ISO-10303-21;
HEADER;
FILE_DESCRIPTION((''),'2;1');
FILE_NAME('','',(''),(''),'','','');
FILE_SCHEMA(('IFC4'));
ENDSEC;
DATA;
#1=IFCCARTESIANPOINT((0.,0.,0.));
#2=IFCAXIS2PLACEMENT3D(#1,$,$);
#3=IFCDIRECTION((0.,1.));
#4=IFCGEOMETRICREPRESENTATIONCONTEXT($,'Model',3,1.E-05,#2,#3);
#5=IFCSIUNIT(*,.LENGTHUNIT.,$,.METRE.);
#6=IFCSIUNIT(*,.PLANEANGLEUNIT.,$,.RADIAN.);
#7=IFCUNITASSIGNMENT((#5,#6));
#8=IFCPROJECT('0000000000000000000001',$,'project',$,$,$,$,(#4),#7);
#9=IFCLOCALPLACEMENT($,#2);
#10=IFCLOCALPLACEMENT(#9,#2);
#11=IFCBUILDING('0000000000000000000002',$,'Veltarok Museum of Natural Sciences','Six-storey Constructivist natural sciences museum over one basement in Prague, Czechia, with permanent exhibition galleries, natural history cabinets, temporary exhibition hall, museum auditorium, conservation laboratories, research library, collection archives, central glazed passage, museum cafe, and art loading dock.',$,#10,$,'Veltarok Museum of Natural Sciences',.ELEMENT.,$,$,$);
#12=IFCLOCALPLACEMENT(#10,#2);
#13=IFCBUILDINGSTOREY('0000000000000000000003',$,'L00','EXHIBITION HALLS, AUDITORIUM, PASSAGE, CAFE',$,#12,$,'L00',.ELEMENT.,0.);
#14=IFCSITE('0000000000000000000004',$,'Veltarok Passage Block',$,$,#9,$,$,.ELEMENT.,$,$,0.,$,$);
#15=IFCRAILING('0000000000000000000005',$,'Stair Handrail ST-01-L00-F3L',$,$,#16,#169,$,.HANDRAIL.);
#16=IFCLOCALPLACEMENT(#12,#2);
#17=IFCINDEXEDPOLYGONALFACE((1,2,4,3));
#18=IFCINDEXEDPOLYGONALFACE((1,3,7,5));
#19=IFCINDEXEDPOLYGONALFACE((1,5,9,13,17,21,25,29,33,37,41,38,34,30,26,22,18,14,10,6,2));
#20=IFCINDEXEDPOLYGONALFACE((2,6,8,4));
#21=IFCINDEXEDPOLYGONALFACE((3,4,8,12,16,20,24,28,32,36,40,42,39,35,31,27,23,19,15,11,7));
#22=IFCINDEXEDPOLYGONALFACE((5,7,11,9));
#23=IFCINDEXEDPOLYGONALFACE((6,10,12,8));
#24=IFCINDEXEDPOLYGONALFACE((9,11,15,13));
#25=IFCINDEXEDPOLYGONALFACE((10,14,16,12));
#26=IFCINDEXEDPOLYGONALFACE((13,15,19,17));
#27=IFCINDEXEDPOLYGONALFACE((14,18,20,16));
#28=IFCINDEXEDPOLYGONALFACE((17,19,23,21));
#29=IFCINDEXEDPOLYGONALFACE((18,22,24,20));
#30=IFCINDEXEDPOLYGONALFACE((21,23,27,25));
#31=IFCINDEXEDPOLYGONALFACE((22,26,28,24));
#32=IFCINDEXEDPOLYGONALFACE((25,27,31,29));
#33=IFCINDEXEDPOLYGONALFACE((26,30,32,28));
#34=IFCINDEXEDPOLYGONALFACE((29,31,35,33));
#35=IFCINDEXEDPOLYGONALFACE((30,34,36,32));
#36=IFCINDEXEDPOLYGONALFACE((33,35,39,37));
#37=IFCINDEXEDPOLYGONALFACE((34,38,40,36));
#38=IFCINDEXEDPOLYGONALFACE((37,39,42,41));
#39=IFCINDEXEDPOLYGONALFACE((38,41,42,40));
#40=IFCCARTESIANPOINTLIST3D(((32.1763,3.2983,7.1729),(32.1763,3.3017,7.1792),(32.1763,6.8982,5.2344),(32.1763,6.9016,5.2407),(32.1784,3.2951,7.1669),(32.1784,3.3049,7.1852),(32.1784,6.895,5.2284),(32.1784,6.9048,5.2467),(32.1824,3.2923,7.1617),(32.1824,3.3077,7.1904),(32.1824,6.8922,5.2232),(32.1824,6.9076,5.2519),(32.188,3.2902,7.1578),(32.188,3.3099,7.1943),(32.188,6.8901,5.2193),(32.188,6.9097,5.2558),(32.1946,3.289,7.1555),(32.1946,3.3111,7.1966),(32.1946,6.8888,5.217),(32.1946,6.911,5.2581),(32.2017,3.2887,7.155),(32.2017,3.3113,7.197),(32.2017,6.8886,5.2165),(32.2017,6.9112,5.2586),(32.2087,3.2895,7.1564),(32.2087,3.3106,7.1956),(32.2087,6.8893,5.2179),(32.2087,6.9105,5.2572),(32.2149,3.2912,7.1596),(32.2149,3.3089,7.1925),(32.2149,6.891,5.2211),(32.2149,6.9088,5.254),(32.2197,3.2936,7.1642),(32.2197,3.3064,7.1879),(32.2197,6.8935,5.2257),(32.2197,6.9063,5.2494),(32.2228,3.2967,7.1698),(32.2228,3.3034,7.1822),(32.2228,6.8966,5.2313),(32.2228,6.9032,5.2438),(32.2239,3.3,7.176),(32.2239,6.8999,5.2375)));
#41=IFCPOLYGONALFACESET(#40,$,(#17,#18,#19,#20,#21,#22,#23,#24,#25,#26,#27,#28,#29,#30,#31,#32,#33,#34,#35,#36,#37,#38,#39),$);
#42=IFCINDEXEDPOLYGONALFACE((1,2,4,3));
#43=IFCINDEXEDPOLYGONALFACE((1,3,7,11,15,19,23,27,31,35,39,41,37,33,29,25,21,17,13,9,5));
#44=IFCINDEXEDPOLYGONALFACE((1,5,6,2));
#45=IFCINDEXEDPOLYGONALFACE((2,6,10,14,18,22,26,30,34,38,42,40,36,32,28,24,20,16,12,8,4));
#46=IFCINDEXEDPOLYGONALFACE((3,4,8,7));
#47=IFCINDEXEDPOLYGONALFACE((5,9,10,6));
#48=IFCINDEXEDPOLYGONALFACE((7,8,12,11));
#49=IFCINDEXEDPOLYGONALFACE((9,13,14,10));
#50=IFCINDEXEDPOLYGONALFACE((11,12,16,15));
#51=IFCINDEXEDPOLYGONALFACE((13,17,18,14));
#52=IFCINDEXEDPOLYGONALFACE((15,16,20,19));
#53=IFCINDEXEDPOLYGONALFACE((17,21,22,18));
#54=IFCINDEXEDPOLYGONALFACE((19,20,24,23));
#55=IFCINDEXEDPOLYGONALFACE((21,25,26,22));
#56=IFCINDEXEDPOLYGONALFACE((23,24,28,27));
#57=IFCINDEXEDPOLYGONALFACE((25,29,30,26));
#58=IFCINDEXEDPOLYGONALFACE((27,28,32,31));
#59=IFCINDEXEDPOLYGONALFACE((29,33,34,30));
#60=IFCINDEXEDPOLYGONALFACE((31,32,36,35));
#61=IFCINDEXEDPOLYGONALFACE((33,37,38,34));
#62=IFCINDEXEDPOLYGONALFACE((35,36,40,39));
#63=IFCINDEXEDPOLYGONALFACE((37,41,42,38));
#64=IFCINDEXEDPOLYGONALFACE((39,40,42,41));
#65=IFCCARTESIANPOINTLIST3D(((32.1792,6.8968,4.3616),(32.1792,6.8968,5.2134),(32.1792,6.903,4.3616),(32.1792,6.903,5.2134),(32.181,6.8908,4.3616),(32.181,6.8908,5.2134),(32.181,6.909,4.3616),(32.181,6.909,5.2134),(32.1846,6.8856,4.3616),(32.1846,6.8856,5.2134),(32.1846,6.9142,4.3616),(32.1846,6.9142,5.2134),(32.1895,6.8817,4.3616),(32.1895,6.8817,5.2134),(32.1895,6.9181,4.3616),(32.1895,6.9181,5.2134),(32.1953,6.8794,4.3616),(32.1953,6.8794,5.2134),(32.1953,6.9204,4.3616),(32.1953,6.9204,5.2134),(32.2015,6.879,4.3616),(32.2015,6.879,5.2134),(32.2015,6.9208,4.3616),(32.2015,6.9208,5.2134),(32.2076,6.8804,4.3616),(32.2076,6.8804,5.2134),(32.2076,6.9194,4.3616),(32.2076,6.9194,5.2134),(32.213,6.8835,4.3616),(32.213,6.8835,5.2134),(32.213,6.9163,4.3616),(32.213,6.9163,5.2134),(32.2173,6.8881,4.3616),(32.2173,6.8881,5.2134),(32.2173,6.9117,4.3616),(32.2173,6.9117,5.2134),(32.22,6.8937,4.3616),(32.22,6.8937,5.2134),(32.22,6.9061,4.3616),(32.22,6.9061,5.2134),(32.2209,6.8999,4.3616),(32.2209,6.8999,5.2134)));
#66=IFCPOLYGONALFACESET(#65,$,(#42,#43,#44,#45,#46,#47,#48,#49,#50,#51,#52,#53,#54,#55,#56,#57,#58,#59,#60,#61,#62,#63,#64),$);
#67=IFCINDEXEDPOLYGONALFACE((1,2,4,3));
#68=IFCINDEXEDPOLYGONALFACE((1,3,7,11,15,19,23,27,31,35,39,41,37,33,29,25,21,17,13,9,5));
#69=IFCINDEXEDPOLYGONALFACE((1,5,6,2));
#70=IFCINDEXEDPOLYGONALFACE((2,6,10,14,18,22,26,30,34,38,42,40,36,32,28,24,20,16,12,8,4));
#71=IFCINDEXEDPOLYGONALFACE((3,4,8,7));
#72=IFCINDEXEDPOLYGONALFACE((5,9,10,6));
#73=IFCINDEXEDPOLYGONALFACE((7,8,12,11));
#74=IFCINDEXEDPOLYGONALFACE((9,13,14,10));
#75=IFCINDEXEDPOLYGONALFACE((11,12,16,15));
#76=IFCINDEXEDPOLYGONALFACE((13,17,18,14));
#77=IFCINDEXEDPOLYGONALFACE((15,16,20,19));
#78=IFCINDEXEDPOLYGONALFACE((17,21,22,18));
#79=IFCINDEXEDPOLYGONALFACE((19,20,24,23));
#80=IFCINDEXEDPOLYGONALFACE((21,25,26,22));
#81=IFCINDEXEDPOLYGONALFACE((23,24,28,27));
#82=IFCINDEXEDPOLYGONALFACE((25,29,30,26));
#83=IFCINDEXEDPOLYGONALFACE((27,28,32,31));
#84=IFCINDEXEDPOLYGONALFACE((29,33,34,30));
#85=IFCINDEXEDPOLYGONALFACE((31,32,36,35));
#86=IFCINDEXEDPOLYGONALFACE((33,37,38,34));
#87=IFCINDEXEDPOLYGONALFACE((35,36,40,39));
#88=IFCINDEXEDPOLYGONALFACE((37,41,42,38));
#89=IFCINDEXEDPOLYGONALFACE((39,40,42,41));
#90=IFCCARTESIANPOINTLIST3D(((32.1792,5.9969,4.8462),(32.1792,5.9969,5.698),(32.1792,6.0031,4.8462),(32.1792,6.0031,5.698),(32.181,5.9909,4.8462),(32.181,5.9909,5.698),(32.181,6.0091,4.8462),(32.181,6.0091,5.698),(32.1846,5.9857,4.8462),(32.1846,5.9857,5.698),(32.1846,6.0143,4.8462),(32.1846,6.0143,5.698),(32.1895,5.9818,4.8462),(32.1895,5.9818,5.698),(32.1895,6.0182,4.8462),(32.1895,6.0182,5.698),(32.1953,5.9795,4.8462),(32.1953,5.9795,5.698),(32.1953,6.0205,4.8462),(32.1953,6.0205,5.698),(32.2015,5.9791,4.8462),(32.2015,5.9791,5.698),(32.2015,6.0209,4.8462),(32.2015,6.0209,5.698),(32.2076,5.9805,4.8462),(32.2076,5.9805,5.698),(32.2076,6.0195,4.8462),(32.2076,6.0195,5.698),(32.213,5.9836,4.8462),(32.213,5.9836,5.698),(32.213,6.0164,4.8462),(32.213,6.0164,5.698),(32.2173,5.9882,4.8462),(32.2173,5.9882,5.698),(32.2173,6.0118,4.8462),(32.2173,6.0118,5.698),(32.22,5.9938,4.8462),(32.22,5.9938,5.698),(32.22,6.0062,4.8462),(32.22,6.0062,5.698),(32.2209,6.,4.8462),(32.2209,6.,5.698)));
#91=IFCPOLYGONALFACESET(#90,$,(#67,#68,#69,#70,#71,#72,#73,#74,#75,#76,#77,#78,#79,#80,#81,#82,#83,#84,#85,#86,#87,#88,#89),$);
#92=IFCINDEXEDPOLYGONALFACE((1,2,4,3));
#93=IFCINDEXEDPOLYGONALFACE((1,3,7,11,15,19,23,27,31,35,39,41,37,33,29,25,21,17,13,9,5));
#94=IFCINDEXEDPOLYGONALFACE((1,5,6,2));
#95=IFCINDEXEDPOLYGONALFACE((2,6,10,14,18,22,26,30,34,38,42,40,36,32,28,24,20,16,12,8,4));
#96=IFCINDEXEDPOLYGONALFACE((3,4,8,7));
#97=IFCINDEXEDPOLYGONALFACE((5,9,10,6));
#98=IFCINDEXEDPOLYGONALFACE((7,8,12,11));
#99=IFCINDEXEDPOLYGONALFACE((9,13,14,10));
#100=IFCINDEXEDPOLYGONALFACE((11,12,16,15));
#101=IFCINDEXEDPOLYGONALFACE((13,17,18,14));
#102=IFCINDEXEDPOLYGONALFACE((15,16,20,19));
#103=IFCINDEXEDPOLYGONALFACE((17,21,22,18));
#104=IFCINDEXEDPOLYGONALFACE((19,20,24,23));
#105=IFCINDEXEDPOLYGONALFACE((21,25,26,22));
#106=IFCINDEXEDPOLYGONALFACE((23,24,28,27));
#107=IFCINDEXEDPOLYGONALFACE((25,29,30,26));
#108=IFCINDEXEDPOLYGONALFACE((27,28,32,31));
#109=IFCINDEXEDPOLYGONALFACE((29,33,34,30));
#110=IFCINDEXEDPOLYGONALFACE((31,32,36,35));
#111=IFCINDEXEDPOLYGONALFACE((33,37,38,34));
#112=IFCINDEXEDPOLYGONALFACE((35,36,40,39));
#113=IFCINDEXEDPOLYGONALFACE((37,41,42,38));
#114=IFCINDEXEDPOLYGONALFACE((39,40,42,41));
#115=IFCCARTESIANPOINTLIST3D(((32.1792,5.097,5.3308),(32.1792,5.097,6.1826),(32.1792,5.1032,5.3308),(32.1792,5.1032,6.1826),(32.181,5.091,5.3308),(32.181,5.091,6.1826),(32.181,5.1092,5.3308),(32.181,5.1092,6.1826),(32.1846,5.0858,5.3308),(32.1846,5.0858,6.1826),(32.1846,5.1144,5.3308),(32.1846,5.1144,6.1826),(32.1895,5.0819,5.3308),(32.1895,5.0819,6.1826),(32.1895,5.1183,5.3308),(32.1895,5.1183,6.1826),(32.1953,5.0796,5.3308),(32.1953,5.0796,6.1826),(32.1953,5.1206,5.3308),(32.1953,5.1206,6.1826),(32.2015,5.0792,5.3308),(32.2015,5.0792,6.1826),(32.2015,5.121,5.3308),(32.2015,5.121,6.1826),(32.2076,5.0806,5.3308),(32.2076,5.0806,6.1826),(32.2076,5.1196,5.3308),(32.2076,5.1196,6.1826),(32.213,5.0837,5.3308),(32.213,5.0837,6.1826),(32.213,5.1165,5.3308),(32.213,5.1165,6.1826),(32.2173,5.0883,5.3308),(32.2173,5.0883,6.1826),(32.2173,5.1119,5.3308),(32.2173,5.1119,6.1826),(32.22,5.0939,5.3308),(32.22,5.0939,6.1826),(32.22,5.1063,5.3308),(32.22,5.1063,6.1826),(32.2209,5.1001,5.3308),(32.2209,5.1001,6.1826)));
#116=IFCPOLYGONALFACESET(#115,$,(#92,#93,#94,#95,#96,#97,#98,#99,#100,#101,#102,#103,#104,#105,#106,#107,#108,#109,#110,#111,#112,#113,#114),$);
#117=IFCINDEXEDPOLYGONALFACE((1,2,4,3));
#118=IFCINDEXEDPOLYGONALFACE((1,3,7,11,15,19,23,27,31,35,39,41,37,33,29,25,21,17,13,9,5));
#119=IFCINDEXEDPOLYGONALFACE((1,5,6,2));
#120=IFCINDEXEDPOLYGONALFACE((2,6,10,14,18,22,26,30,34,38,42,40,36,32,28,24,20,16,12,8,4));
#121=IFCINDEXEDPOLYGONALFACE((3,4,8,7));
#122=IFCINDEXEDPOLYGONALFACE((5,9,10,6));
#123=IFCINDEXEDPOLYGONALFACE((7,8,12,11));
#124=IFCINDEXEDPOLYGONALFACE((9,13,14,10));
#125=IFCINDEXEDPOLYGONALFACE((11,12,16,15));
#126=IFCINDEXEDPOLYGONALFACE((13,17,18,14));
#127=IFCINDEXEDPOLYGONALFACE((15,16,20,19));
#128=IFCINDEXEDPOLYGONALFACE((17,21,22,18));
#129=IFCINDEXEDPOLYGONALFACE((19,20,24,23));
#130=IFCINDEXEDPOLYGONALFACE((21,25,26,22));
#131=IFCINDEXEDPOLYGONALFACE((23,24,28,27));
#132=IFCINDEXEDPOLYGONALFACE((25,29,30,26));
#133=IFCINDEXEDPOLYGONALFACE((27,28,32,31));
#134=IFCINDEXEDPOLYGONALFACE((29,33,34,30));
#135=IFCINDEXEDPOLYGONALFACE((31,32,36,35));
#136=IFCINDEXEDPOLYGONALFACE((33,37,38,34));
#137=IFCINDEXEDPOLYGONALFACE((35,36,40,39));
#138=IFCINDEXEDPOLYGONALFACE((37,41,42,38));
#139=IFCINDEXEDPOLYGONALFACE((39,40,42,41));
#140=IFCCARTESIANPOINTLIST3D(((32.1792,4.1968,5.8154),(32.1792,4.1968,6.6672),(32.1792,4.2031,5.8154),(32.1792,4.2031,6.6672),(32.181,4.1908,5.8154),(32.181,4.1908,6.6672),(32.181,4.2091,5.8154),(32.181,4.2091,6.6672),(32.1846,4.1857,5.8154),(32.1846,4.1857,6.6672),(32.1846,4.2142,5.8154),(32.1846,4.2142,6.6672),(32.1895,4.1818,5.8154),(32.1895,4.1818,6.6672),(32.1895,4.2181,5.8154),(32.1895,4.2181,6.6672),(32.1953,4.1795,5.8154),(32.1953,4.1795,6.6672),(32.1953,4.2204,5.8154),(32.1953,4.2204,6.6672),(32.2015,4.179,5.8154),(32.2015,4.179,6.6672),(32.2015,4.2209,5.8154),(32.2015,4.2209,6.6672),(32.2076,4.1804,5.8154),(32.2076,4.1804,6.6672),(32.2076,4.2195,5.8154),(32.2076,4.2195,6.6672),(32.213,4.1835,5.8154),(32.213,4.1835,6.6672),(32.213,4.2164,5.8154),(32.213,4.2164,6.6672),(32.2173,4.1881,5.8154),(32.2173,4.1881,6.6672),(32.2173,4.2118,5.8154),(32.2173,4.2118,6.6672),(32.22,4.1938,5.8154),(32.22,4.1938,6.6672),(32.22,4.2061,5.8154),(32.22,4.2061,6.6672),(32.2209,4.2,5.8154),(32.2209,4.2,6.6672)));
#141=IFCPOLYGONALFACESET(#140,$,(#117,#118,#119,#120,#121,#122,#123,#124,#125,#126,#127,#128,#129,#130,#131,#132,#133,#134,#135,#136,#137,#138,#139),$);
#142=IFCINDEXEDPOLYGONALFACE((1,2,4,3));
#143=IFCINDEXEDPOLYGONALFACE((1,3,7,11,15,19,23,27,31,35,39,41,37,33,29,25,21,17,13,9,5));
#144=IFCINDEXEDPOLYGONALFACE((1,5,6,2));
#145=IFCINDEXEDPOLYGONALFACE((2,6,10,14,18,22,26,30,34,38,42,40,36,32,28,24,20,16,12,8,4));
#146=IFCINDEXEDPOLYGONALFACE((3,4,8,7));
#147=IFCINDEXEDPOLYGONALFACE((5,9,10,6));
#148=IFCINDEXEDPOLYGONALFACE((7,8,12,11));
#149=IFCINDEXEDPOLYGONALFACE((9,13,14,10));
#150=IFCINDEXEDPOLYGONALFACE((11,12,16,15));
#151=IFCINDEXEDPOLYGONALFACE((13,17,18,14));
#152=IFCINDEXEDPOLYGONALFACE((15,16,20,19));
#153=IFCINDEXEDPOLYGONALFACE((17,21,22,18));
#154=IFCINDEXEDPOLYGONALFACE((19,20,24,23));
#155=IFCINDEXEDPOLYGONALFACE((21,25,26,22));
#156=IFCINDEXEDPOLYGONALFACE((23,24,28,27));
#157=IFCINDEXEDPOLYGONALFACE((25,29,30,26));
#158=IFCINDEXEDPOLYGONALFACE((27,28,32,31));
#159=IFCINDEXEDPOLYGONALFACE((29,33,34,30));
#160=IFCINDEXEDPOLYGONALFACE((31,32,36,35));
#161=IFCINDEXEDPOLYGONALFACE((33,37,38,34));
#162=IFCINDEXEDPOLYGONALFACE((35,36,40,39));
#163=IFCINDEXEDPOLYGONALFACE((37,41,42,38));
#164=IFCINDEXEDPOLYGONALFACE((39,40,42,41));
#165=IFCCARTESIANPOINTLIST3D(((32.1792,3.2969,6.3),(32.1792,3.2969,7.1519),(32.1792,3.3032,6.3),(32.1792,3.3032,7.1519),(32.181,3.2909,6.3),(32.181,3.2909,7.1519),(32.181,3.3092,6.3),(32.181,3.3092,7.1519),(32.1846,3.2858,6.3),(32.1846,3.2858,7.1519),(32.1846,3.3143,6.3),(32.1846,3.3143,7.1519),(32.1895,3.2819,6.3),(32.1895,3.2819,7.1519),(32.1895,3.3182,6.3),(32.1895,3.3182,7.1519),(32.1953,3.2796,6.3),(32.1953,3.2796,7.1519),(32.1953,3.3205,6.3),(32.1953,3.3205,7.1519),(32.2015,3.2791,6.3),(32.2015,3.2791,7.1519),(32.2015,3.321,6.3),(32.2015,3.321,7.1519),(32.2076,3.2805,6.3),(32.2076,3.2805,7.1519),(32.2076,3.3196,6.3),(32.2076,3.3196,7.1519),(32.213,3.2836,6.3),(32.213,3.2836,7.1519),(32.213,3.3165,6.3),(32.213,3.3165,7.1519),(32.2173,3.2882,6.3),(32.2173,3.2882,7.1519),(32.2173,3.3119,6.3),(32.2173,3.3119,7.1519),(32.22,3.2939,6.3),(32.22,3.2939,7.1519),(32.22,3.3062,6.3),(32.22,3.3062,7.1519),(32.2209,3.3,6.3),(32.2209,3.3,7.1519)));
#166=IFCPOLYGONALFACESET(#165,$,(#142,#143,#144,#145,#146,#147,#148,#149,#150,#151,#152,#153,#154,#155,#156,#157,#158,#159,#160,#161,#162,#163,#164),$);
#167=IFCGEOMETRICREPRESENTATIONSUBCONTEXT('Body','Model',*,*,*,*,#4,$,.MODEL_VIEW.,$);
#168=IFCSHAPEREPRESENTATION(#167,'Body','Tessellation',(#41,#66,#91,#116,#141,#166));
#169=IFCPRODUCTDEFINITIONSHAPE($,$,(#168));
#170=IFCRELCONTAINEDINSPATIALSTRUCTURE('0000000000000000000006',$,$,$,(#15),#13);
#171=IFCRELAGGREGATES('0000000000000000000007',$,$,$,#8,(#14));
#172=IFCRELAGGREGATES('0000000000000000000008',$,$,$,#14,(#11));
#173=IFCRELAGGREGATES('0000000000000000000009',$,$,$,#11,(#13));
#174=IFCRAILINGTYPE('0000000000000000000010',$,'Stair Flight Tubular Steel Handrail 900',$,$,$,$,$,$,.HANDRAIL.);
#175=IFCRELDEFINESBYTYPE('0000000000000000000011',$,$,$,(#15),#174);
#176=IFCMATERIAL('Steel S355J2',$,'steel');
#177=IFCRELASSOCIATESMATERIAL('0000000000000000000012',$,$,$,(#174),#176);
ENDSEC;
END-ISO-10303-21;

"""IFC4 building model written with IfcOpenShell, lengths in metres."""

from ifc_helpers import new_model, si_unit, direction, frame, origin, origin_2d, place, context, subcontext, project, spatial, circle, extrude, material, type_object, element, save


model = new_model("IFC4")

# Units and contexts
model_context = context("Model", 3, precision=1e-05, world=origin(), true_north=direction((0.0, 1.0)))
body_context = subcontext(model_context, "Body", "Model", "MODEL_VIEW")
ifc_project = project(units=[si_unit("LENGTHUNIT", "METRE"), si_unit("PLANEANGLEUNIT", "RADIAN")], contexts=[model_context])

# Site, building, storey
site_placement = place(None, origin())
site = spatial("IfcSite", under=ifc_project, at=site_placement, Name="Veltarok Passage Block", CompositionType="ELEMENT", RefElevation=0.0)
building_placement = place(site_placement, origin())
building = spatial("IfcBuilding", under=site, at=building_placement, Name="Veltarok Museum of Natural Sciences", Description="Six-storey Constructivist natural sciences museum over one basement in Prague, Czechia, with permanent exhibition galleries, natural history cabinets, temporary exhibition hall, museum auditorium, conservation laboratories, research library, collection archives, central glazed passage, museum cafe, and art loading dock.", LongName="Veltarok Museum of Natural Sciences", CompositionType="ELEMENT")
storey_placement = place(building_placement, origin())
storey = spatial("IfcBuildingStorey", under=building, at=storey_placement, Name="L00", Description="EXHIBITION HALLS, AUDITORIUM, PASSAGE, CAFE", LongName="L00", CompositionType="ELEMENT", Elevation=0.0)

# Shared definitions
ifc_material_1 = material(Name="Steel S355J2", Category="steel")

# Railing
railing_type_1 = type_object("IfcRailingType", Name="Stair Flight Tubular Steel Handrail 900", PredefinedType="HANDRAIL", material=ifc_material_1)
railing_1_placement = place(storey_placement, frame((32.2, 6.8999, 4.3616)))
element("IfcRailing", 1, at=railing_1_placement, inside=storey, type_object=railing_type_1, Name="Stair Handrail ST-01-L00-F3L", PredefinedType="HANDRAIL", context=body_context, shape_type="SweptSolid", body=[
    extrude(circle(Radius=0.0239, at=origin_2d()), frame((0.0, 0.0, 0.876), z_axis=(0.0, -0.880462, 0.474118), x_axis=(1.0, 0.0, 0.0)), (0.0, 0.0, 1.0), 4.0886),
    extrude(circle(Radius=0.021, at=origin_2d()), origin(), (0.0, 0.0, 1.0), 0.8518),
    extrude(circle(Radius=0.021, at=origin_2d()), frame((0.0, -0.8999, 0.4846)), (0.0, 0.0, 1.0), 0.8518),
    extrude(circle(Radius=0.021, at=origin_2d()), frame((0.0, -1.7998, 0.9692)), (0.0, 0.0, 1.0), 0.8518),
    extrude(circle(Radius=0.021, at=origin_2d()), frame((0.0, -2.7, 1.4539)), (0.0, 0.0, 1.0), 0.8518),
    extrude(circle(Radius=0.021, at=origin_2d()), frame((0.0, -3.5999, 1.9385)), (0.0, 0.0, 1.0), 0.8518),
])

save(model, "model.ifc")
